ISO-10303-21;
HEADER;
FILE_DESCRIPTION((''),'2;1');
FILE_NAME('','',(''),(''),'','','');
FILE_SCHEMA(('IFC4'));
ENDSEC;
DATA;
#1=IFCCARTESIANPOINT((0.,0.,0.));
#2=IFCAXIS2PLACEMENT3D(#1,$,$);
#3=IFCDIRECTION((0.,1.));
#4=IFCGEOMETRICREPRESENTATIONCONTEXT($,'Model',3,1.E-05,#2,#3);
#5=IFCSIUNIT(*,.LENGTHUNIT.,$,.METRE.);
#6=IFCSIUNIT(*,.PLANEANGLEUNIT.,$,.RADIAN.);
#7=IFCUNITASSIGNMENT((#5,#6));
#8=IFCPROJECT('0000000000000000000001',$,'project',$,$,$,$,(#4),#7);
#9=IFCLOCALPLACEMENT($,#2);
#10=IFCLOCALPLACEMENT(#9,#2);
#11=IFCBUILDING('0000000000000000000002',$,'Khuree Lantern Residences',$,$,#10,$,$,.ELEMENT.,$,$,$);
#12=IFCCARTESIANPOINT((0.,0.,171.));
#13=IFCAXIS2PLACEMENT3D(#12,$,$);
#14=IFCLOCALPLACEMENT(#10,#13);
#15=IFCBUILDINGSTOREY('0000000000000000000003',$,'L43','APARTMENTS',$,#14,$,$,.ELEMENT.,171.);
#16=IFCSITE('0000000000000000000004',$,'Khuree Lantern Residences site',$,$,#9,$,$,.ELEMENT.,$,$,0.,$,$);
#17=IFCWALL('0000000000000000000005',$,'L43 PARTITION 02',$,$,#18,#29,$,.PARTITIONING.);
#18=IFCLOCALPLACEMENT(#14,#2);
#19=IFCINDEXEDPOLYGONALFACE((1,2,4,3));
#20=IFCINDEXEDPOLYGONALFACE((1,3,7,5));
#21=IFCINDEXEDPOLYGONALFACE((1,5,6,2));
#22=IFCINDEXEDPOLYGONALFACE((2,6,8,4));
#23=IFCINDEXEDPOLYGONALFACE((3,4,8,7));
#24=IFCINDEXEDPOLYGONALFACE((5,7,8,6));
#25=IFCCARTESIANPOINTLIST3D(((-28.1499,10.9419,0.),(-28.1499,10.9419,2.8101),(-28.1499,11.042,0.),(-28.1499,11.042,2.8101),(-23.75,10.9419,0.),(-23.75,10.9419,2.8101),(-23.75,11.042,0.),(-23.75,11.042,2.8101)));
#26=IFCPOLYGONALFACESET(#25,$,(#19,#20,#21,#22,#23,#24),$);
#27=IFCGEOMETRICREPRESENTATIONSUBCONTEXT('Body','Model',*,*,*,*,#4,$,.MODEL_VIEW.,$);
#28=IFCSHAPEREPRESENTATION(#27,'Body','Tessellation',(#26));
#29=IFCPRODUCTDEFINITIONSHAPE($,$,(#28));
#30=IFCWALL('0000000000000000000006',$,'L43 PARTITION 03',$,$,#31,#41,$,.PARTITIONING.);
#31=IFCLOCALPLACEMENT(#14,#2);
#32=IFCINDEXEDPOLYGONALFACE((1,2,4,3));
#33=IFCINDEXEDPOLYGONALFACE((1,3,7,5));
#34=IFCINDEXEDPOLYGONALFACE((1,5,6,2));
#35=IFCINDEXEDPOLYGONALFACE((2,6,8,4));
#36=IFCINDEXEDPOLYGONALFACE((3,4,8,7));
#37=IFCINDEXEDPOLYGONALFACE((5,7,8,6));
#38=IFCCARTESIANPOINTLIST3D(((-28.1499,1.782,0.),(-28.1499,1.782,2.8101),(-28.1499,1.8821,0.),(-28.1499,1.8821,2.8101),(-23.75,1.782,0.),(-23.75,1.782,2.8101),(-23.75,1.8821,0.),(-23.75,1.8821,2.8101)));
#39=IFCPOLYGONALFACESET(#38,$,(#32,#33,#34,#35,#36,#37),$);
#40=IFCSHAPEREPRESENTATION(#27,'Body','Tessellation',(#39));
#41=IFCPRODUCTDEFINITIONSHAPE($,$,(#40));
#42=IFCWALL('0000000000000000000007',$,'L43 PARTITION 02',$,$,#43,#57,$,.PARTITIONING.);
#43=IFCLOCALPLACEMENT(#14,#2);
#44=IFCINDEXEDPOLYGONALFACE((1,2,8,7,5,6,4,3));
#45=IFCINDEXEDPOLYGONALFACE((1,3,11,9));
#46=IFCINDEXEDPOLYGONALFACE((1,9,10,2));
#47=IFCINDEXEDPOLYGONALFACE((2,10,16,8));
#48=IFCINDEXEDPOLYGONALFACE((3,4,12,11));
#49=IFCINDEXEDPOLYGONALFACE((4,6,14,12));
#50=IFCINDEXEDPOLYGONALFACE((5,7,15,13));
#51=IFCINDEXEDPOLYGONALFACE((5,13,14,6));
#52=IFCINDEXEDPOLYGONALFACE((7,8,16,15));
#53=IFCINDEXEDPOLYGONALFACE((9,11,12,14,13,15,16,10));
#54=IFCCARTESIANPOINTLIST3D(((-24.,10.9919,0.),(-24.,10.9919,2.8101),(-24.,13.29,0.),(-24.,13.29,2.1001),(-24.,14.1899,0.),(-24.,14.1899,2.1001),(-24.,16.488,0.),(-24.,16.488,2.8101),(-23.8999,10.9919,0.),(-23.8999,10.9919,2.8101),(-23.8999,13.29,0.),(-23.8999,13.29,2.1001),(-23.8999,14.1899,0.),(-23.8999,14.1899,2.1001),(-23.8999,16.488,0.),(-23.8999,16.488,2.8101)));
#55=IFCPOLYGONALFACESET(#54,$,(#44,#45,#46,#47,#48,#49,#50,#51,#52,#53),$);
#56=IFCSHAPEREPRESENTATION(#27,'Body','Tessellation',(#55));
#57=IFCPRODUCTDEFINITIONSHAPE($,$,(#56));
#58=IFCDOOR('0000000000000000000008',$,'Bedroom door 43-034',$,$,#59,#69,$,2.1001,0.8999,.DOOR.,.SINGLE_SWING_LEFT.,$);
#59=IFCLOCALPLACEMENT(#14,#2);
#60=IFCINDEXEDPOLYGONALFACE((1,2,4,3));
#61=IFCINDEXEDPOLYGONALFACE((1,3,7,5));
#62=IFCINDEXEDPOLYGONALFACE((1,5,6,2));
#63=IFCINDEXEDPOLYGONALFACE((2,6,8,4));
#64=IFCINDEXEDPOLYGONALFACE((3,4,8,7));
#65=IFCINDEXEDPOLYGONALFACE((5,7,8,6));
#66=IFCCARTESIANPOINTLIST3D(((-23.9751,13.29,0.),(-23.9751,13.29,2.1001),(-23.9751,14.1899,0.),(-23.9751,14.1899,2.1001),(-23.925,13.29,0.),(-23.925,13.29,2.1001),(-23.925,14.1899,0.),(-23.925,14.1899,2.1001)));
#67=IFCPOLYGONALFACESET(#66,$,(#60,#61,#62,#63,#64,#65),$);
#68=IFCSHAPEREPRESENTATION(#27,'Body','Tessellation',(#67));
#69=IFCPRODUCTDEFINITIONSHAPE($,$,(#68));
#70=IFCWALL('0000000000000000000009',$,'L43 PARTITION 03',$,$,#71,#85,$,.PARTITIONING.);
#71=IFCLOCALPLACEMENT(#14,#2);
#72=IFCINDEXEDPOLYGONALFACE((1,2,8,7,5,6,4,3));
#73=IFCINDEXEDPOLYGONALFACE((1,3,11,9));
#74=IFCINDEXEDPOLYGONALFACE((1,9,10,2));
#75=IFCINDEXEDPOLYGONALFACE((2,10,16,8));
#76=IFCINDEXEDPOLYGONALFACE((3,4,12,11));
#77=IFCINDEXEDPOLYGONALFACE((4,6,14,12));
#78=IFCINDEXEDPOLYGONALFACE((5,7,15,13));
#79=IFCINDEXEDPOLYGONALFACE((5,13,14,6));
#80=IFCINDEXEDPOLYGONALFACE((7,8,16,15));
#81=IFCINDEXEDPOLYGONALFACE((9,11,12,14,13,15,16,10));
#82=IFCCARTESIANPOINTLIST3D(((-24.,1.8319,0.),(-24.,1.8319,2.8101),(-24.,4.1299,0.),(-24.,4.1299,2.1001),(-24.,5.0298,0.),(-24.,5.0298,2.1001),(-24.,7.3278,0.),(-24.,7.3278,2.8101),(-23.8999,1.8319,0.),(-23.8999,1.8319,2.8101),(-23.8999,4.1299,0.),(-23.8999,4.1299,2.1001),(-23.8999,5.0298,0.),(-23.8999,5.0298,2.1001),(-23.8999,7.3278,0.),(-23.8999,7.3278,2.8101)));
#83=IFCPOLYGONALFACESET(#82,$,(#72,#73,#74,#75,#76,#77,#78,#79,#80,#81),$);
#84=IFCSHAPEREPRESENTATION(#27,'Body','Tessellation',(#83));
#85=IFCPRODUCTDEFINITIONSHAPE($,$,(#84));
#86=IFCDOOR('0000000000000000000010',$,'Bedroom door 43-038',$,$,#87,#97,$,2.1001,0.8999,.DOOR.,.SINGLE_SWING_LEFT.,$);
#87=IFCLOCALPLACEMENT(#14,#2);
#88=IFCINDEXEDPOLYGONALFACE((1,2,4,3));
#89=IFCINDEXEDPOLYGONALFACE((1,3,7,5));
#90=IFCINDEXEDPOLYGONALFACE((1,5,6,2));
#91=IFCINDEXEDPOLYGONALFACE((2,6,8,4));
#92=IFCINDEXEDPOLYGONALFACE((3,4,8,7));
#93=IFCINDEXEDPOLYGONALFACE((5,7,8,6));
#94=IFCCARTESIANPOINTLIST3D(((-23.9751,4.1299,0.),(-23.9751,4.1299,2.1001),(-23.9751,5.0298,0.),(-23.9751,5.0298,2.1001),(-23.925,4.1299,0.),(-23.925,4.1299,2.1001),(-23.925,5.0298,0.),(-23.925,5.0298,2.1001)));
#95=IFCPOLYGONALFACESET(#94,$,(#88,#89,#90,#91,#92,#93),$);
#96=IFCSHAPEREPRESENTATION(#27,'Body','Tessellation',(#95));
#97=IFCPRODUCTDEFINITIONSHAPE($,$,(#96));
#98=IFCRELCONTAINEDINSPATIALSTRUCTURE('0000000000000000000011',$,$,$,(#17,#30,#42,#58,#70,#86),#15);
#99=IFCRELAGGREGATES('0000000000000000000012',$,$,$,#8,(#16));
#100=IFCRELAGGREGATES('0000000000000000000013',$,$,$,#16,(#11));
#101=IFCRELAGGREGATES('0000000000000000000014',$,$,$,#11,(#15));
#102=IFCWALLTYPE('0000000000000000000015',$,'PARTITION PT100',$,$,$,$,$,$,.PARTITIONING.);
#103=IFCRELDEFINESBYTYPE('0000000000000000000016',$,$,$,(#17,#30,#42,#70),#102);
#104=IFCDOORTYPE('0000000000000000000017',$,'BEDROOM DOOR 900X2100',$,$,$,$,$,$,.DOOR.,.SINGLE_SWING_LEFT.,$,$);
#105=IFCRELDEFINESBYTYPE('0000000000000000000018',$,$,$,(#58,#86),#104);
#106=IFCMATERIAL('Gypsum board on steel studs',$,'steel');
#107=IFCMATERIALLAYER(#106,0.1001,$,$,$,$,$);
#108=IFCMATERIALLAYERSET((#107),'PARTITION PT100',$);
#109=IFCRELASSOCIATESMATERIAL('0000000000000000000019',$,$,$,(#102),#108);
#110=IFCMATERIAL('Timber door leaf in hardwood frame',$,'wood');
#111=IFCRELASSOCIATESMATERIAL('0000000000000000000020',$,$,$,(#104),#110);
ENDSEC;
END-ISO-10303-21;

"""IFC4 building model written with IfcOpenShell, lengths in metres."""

from ifc_helpers import new_model, si_unit, direction, frame, frame_2d, origin, place, context, subcontext, project, spatial, rectangle, extrude, material, layer, layer_set, type_object, element, fill, save


model = new_model("IFC4")

# Units and contexts
model_context = context("Model", 3, precision=1e-05, world=origin(), true_north=direction((0.0, 1.0)))
body_context = subcontext(model_context, "Body", "Model", "MODEL_VIEW")
ifc_project = project(units=[si_unit("LENGTHUNIT", "METRE"), si_unit("PLANEANGLEUNIT", "RADIAN")], contexts=[model_context])

# Site, building, storey
site_placement = place(None, origin())
site = spatial("IfcSite", under=ifc_project, at=site_placement, Name="Khuree Lantern Residences site", CompositionType="ELEMENT", RefElevation=0.0)
building_placement = place(site_placement, origin())
building = spatial("IfcBuilding", under=site, at=building_placement, Name="Khuree Lantern Residences", CompositionType="ELEMENT")
storey_placement = place(building_placement, frame((0.0, 0.0, 171.0)))
storey = spatial("IfcBuildingStorey", under=building, at=storey_placement, Name="L43", Description="APARTMENTS", CompositionType="ELEMENT", Elevation=171.0)

# Shared definitions
ifc_material_1 = material(Name="Timber door leaf in hardwood frame", Category="wood")

# Shared definitions
ifc_material_2 = material(Name="Gypsum board on steel studs", Category="steel")

# Walls
ifc_layer_1 = layer(ifc_material_2, 0.1001)
ifc_layer_set_1 = layer_set([ifc_layer_1], Name="PARTITION PT100")
wall_type_1 = type_object("IfcWallType", Name="PARTITION PT100", PredefinedType="PARTITIONING", material=ifc_layer_set_1)
for number, where, z_axis, x_axis, name in (
    (1, (-23.75, 10.9919, 0.0), (0.0, 0.0, 1.0), (-1.0, 0.0, 0.0), "L43 PARTITION 02"),
    (2, (-23.75, 1.832, 0.0), (0.0, 0.0, 1.0), (-1.0, 0.0, 0.0), "L43 PARTITION 03"),
):
    element("IfcWall", number, at=place(storey_placement, frame(where, z_axis=z_axis, x_axis=x_axis)), inside=storey, type_object=wall_type_1, Name=name, PredefinedType="PARTITIONING", context=body_context, shape_type="SweptSolid", body=[
        extrude(rectangle(XDim=4.3999, YDim=0.1001, at=frame_2d((2.2, 0.0))), origin(), (0.0, 0.0, 1.0), 2.8101),
    ])

# Walls, openings, doors
wall_1_placement = place(storey_placement, frame((-23.95, 16.488, 0.0), z_axis=(0.0, 0.0, 1.0), x_axis=(0.0, -1.0, 0.0)))
wall_1 = element("IfcWall", 3, at=wall_1_placement, inside=storey, type_object=wall_type_1, Name="L43 PARTITION 02", PredefinedType="PARTITIONING", context=body_context, shape_type="SweptSolid", body=[
    extrude(rectangle(XDim=5.4961, YDim=0.1001, at=frame_2d((2.748, 0.0))), origin(), (0.0, 0.0, 1.0), 2.8101),
])
opening_1_placement = place(wall_1_placement, frame((2.2981, 0.0, 0.0)))
opening_1 = element("IfcOpeningElement", 4, at=opening_1_placement, cuts=wall_1, PredefinedType="OPENING", context=body_context, shape_type="SweptSolid", body=[
    extrude(rectangle(XDim=0.8999, YDim=2.1001, at=frame_2d((0.45, 1.05))), frame((0.0, 0.0601, 0.0), z_axis=(0.0, -1.0, 0.0), x_axis=(1.0, 0.0, 0.0)), (0.0, 0.0, 1.0), 0.1201),
])
door_type_1 = type_object("IfcDoorType", Name="BEDROOM DOOR 900X2100", OperationType="SINGLE_SWING_LEFT", PredefinedType="DOOR", material=ifc_material_1)
door_1_placement = place(opening_1_placement, origin())
door_1 = element("IfcDoor", 5, at=door_1_placement, inside=storey, type_object=door_type_1, Name="Bedroom door 43-034", OperationType="SINGLE_SWING_LEFT", OverallHeight=2.1001, OverallWidth=0.8999, PredefinedType="DOOR", context=body_context, shape_type="SweptSolid", body=[
    extrude(rectangle(XDim=0.8999, YDim=2.1001, at=frame_2d((0.45, 1.05))), frame((0.0, 0.0249, 0.0), z_axis=(0.0, -1.0, 0.0), x_axis=(1.0, 0.0, 0.0)), (0.0, 0.0, 1.0), 0.05),
])
fill(opening_1, door_1)
wall_2_placement = place(storey_placement, frame((-23.95, 7.3279, 0.0), z_axis=(0.0, 0.0, 1.0), x_axis=(0.0, -1.0, 0.0)))
wall_2 = element("IfcWall", 6, at=wall_2_placement, inside=storey, type_object=wall_type_1, Name="L43 PARTITION 03", PredefinedType="PARTITIONING", context=body_context, shape_type="SweptSolid", body=[
    extrude(rectangle(XDim=5.4958, YDim=0.1001, at=frame_2d((2.748, 0.0))), origin(), (0.0, 0.0, 1.0), 2.8101),
])
opening_2_placement = place(wall_2_placement, frame((2.2981, 0.0, 0.0)))
opening_2 = element("IfcOpeningElement", 7, at=opening_2_placement, cuts=wall_2, PredefinedType="OPENING", context=body_context, shape_type="SweptSolid", body=[
    extrude(rectangle(XDim=0.8999, YDim=2.1001, at=frame_2d((0.45, 1.05))), frame((0.0, 0.0601, 0.0), z_axis=(0.0, -1.0, 0.0), x_axis=(1.0, 0.0, 0.0)), (0.0, 0.0, 1.0), 0.1201),
])
door_2_placement = place(opening_2_placement, origin())
door_2 = element("IfcDoor", 8, at=door_2_placement, inside=storey, type_object=door_type_1, Name="Bedroom door 43-038", OperationType="SINGLE_SWING_LEFT", OverallHeight=2.1001, OverallWidth=0.8999, PredefinedType="DOOR", context=body_context, shape_type="SweptSolid", body=[
    extrude(rectangle(XDim=0.8999, YDim=2.1001, at=frame_2d((0.45, 1.05))), frame((0.0, 0.0249, 0.0), z_axis=(0.0, -1.0, 0.0), x_axis=(1.0, 0.0, 0.0)), (0.0, 0.0, 1.0), 0.05),
])
fill(opening_2, door_2)

save(model, "model.ifc")
